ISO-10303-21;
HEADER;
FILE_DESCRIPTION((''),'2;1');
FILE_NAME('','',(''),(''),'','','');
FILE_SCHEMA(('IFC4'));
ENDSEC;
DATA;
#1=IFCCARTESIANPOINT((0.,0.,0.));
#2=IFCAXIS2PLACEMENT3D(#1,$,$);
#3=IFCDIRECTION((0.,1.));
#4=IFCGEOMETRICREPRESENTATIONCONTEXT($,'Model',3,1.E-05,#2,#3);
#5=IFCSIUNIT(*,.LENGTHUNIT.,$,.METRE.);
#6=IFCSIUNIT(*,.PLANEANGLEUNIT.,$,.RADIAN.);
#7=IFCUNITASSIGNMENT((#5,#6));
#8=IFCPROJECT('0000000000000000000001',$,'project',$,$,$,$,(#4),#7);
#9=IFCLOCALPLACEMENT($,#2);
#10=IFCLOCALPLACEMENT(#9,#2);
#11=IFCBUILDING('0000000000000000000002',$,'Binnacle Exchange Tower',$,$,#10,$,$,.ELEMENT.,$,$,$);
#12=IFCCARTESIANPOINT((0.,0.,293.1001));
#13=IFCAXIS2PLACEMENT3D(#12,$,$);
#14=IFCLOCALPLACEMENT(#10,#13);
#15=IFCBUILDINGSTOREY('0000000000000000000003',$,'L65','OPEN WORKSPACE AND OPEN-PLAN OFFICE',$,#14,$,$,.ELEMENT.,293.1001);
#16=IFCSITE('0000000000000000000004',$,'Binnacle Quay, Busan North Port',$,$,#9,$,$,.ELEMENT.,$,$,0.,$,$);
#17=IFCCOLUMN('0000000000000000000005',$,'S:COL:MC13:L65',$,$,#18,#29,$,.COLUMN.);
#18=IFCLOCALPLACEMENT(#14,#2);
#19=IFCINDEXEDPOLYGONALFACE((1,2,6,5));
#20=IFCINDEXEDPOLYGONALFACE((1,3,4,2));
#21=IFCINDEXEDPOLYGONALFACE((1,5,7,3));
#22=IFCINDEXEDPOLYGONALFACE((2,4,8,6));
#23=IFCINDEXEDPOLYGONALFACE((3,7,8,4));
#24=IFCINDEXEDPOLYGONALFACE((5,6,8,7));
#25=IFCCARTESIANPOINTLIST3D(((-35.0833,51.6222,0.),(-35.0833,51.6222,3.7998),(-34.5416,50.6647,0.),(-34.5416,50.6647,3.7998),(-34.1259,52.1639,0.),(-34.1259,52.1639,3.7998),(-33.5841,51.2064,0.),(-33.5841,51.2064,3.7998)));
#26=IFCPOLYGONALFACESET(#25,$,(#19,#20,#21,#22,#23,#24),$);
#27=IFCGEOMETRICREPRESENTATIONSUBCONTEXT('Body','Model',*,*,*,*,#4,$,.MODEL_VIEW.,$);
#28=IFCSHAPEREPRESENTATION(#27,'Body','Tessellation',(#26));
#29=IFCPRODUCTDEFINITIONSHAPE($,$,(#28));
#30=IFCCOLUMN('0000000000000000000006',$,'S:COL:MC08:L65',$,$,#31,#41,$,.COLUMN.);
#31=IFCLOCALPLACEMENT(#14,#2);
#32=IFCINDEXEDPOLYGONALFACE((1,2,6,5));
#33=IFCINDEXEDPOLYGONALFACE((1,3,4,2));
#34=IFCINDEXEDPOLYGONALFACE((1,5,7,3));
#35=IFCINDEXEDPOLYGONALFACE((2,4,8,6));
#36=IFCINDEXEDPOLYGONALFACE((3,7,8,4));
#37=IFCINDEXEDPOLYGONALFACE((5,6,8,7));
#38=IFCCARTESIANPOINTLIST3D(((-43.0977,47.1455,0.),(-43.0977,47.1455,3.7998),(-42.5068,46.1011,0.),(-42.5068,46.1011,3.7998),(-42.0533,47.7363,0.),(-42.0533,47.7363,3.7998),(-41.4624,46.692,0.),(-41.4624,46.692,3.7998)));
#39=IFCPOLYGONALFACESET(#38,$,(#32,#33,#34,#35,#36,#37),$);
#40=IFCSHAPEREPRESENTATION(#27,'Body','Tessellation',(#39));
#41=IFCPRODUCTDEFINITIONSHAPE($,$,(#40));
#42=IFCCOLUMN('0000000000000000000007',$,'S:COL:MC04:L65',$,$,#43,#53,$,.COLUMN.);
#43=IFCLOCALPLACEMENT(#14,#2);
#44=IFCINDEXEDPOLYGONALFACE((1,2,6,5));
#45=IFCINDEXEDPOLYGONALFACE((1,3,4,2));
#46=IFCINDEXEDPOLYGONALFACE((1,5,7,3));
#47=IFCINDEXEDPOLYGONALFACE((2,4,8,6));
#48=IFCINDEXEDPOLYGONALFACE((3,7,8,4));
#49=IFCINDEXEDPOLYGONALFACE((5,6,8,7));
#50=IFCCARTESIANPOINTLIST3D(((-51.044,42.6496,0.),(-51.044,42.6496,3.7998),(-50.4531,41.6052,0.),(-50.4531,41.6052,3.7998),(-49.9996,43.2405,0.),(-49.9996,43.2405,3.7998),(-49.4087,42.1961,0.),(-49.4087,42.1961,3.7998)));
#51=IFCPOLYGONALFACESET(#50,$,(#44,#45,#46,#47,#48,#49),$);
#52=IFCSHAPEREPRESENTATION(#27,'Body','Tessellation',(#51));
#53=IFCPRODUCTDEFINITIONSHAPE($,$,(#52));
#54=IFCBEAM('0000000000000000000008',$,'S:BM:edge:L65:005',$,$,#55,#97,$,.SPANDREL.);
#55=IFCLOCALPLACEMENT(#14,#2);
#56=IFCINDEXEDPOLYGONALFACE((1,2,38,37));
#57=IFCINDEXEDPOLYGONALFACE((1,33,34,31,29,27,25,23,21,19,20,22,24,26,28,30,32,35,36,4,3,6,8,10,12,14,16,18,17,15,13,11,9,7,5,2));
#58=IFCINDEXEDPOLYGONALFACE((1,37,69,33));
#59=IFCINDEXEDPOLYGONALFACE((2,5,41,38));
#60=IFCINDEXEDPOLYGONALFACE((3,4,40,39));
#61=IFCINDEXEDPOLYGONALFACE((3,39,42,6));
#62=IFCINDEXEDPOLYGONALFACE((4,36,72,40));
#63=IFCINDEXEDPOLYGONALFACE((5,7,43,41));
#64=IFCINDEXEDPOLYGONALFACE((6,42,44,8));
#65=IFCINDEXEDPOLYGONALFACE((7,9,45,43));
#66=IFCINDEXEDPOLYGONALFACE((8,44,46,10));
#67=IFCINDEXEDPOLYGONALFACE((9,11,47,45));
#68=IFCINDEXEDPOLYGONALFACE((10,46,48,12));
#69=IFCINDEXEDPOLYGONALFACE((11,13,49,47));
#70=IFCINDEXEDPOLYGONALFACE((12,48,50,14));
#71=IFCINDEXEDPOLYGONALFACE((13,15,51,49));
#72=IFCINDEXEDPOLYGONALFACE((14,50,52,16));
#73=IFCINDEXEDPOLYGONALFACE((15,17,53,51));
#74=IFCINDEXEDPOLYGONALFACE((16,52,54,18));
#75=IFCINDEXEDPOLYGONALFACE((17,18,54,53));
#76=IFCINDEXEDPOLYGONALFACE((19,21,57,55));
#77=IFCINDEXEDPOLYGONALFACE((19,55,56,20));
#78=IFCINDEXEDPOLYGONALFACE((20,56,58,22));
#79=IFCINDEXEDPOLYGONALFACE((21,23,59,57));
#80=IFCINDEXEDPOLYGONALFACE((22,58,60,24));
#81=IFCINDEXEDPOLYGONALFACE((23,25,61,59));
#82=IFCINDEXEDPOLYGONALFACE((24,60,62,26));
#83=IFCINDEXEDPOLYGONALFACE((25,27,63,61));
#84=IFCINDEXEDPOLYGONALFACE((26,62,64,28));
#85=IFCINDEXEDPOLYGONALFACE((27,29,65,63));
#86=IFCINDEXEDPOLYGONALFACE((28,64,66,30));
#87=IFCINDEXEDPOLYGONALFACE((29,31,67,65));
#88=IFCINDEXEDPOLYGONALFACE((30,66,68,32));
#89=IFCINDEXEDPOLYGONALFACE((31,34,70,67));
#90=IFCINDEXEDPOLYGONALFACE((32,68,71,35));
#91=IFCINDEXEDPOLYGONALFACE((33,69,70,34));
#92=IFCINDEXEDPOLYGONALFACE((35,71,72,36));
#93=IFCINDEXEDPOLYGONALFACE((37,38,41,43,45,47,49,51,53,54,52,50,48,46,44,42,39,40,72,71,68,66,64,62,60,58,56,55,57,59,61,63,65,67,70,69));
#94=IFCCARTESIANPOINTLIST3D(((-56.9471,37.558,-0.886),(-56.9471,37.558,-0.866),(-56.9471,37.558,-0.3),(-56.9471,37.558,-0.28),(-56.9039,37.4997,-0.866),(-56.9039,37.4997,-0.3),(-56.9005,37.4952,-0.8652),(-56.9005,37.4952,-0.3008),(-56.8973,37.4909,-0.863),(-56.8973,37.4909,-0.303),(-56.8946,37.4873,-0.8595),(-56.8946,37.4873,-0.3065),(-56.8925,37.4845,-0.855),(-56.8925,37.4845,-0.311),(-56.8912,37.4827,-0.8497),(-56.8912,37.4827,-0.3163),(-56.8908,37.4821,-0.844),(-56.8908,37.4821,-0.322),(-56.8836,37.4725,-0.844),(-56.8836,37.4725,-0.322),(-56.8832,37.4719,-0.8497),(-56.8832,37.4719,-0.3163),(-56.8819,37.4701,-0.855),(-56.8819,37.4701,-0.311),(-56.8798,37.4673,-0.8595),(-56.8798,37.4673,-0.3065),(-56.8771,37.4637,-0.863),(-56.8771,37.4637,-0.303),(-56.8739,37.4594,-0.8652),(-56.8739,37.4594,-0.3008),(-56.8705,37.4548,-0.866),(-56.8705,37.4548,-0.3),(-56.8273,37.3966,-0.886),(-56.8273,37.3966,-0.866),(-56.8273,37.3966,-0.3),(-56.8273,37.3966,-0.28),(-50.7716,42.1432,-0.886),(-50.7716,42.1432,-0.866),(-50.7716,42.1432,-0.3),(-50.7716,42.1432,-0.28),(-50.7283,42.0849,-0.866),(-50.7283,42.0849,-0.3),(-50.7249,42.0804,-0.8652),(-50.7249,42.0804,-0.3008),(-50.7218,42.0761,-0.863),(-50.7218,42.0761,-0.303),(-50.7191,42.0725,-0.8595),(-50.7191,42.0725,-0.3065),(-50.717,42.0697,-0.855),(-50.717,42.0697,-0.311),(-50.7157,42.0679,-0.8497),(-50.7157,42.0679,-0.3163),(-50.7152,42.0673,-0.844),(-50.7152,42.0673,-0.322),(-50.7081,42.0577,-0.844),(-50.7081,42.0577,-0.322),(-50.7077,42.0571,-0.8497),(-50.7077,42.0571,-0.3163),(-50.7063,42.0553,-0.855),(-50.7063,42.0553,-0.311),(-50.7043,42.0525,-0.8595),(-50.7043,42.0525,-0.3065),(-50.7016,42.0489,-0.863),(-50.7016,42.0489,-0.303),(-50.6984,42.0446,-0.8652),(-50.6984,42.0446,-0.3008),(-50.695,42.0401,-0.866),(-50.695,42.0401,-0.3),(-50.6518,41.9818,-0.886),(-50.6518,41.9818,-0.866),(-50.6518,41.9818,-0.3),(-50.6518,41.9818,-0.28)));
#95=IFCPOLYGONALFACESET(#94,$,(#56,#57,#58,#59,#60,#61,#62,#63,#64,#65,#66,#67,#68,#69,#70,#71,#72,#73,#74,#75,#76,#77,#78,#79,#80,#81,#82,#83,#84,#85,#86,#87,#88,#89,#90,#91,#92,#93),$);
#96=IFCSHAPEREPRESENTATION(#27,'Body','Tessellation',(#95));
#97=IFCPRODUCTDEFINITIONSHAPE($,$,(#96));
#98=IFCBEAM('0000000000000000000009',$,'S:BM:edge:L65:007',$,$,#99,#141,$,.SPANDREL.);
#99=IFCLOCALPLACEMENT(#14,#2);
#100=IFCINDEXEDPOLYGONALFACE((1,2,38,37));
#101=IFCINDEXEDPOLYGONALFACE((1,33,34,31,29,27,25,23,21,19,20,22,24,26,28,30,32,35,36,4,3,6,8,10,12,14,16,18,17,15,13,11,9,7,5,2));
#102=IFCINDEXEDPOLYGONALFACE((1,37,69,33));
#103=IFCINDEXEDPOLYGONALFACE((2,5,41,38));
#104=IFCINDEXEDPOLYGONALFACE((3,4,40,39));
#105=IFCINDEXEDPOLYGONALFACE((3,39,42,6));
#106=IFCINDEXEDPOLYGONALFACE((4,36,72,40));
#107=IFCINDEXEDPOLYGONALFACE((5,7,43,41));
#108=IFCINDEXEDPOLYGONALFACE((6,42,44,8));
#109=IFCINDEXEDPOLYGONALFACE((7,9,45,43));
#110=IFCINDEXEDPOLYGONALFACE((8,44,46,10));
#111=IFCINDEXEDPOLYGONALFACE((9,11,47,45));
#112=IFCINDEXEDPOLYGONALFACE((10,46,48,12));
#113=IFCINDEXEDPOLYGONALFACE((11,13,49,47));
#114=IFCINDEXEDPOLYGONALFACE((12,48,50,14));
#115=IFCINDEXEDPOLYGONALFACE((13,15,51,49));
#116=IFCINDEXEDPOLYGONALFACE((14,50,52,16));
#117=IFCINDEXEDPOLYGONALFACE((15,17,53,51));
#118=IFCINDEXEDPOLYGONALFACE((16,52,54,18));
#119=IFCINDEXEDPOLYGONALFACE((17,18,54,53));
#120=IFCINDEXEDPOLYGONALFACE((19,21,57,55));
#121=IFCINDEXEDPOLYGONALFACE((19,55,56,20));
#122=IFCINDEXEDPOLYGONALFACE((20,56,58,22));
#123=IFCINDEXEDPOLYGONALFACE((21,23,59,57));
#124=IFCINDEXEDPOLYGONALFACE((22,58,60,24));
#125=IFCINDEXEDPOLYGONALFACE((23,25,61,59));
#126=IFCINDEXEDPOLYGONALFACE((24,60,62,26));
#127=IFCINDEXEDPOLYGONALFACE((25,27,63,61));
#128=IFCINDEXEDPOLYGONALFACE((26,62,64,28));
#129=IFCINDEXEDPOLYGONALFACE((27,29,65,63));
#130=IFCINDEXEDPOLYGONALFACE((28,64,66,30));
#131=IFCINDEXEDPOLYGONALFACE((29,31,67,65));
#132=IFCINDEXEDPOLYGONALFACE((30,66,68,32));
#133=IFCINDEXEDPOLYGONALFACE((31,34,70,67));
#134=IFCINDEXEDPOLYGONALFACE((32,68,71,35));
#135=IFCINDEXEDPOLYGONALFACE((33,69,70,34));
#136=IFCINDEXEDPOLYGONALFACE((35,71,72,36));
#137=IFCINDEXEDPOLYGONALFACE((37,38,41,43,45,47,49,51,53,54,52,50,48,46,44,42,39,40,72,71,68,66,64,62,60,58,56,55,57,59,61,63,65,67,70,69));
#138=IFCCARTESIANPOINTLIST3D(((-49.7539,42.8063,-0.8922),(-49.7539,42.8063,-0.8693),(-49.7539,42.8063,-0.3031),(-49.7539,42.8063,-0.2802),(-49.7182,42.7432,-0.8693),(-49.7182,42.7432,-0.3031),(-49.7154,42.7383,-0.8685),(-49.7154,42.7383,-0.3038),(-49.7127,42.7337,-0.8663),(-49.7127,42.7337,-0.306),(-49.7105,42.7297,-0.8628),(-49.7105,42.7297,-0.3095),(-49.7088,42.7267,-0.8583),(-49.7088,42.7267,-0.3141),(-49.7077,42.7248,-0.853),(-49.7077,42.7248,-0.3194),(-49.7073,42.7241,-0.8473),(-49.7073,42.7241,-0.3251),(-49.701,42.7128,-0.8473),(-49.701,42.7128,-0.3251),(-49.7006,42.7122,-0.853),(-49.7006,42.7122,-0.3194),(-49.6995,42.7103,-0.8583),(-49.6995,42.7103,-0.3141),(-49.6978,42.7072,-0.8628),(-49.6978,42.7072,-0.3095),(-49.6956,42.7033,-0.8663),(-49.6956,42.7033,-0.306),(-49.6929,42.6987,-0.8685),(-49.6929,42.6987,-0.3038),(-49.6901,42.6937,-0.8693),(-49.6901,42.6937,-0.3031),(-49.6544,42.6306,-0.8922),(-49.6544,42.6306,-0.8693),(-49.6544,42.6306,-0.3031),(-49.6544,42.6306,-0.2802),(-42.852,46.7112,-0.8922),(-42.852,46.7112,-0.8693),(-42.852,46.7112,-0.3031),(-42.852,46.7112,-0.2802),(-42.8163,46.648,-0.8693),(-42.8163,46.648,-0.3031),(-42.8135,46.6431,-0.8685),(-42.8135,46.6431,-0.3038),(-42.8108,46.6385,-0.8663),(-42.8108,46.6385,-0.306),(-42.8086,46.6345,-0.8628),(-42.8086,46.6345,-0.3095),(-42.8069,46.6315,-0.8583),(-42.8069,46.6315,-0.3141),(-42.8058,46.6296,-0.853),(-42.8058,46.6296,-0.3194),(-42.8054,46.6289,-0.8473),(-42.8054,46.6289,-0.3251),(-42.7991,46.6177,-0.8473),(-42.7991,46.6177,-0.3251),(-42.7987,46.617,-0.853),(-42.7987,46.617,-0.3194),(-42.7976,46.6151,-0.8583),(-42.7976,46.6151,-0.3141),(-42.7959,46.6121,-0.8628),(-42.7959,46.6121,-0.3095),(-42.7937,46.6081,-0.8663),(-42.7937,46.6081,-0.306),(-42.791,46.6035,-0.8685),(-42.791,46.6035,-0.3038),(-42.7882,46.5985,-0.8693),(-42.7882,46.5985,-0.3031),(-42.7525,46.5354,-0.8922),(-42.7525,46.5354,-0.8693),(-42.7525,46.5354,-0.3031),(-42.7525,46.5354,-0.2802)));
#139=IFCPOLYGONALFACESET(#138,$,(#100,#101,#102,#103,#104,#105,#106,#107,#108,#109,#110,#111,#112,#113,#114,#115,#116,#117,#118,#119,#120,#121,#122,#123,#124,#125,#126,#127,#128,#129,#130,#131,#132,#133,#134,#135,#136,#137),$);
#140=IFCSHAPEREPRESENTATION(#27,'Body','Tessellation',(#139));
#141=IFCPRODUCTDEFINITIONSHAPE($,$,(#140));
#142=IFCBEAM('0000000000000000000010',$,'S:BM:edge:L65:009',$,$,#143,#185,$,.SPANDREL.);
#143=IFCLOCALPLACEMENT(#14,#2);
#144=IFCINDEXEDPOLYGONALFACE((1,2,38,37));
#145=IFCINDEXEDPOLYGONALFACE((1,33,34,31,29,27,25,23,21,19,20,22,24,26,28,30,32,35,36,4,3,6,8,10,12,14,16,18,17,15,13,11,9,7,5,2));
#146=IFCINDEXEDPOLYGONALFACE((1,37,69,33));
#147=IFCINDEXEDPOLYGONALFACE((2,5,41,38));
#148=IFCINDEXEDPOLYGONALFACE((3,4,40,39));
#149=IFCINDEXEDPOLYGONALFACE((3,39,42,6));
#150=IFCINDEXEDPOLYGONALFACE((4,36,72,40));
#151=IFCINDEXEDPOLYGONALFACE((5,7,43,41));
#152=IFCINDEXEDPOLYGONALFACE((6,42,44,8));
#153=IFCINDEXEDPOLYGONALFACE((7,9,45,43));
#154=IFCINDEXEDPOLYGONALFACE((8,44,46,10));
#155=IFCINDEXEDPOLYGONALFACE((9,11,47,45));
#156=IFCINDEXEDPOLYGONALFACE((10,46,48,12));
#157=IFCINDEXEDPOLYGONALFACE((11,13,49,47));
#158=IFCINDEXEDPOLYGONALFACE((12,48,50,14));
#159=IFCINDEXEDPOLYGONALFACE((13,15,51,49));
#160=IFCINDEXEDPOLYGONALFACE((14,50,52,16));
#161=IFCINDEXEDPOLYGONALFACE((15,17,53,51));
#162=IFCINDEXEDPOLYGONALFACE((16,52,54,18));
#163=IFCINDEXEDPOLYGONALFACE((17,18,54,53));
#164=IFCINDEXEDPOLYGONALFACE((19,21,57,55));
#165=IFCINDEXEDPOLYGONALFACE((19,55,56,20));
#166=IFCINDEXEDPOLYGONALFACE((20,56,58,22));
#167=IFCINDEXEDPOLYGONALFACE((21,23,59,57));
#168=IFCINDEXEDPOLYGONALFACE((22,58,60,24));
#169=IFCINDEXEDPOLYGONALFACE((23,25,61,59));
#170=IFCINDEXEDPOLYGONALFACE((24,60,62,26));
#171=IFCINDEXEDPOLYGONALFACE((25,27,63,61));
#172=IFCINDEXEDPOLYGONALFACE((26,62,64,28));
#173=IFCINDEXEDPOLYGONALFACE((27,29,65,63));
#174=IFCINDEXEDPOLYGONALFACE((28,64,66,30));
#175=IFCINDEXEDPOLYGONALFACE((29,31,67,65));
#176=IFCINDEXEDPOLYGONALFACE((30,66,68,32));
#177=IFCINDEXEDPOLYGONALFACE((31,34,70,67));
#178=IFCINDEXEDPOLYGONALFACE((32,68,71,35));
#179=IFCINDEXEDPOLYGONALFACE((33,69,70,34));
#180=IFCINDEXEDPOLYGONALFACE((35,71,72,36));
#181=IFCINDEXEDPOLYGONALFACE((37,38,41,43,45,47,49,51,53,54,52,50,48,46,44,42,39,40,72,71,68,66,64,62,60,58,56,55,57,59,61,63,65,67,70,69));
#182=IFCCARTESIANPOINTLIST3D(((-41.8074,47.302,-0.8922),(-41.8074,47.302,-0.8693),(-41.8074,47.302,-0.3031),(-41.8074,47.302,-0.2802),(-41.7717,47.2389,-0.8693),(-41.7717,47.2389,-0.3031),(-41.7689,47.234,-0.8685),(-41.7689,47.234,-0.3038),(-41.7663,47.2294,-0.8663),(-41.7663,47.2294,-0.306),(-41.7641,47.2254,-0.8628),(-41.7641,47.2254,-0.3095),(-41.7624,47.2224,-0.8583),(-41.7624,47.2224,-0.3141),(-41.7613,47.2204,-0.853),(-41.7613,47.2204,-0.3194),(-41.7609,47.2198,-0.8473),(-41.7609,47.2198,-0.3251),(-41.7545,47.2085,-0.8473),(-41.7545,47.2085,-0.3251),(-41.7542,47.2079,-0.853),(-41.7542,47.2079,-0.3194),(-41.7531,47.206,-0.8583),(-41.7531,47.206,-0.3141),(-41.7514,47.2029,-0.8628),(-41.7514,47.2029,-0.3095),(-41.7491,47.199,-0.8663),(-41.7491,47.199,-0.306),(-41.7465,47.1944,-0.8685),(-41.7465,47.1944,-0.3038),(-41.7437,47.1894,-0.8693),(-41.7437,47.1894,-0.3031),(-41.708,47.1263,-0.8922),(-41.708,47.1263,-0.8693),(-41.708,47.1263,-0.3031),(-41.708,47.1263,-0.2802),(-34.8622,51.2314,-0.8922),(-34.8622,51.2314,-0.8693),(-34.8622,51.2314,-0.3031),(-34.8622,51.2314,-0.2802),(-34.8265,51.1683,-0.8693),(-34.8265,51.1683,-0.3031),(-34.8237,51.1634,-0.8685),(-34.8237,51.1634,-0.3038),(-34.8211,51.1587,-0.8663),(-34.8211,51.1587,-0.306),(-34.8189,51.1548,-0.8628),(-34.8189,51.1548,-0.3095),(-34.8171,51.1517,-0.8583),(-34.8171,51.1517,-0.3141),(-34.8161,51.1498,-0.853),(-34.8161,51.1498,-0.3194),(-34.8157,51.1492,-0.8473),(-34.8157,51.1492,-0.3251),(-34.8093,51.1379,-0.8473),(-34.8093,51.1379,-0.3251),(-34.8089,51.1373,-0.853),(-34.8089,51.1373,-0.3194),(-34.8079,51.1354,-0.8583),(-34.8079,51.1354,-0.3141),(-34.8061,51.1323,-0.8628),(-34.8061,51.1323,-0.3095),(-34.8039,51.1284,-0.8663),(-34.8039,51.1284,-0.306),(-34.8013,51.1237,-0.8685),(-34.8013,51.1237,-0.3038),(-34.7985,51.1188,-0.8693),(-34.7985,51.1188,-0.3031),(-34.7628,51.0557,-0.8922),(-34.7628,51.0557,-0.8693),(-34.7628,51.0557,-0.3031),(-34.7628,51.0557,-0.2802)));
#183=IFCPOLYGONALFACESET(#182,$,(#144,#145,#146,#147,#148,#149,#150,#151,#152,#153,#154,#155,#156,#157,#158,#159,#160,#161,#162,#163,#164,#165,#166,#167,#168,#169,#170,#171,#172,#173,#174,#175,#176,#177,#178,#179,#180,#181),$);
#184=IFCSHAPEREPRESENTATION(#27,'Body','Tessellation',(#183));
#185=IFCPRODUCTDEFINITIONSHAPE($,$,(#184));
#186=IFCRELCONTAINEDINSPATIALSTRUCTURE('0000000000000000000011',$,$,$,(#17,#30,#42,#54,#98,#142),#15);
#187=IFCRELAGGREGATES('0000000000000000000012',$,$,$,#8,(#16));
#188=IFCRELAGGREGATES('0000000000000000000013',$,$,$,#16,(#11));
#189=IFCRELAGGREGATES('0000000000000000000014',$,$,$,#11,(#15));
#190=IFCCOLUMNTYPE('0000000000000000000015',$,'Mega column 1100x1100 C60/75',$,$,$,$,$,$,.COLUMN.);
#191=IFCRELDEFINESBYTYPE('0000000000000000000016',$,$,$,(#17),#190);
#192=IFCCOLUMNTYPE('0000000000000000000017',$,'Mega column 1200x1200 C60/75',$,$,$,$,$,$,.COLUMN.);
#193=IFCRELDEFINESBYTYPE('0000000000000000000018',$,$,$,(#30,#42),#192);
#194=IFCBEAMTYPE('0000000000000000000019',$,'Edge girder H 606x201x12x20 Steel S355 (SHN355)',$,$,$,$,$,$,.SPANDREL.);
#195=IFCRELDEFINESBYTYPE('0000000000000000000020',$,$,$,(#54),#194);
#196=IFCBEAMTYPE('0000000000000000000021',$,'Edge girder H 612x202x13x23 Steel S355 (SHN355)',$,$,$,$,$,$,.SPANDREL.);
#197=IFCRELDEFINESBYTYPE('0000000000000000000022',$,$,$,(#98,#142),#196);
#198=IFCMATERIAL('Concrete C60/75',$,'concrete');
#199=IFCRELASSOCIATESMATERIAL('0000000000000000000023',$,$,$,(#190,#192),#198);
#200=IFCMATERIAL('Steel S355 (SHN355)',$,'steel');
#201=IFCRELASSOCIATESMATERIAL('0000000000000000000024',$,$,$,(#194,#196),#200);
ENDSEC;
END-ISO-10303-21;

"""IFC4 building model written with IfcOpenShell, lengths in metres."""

from ifc_helpers import new_model, si_unit, direction, frame, origin, origin_2d, place, context, subcontext, project, spatial, rectangle, i_section, extrude, material, material_profile, profile_set, type_object, element, save


model = new_model("IFC4")

# Units and contexts
model_context = context("Model", 3, precision=1e-05, world=origin(), true_north=direction((0.0, 1.0)))
body_context = subcontext(model_context, "Body", "Model", "MODEL_VIEW")
ifc_project = project(units=[si_unit("LENGTHUNIT", "METRE"), si_unit("PLANEANGLEUNIT", "RADIAN")], contexts=[model_context])

# Site, building, storey
site_placement = place(None, origin())
site = spatial("IfcSite", under=ifc_project, at=site_placement, Name="Binnacle Quay, Busan North Port", CompositionType="ELEMENT", RefElevation=0.0)
building_placement = place(site_placement, origin())
building = spatial("IfcBuilding", under=site, at=building_placement, Name="Binnacle Exchange Tower", CompositionType="ELEMENT")
storey_placement = place(building_placement, frame((0.0, 0.0, 293.1001)))
storey = spatial("IfcBuildingStorey", under=building, at=storey_placement, Name="L65", Description="OPEN WORKSPACE AND OPEN-PLAN OFFICE", CompositionType="ELEMENT", Elevation=293.1001)

# Columns
ifc_material_1 = material(Name="Concrete C60/75", Category="concrete")
ifc_material_profile_1 = material_profile(ifc_material_1, rectangle(XDim=1.1001, YDim=1.1001, at=origin_2d()), Name="Mega column 1100x1100 C60/75")
ifc_profile_set_1 = profile_set([ifc_material_profile_1], Name="Concrete C60/75")
column_type_1 = type_object("IfcColumnType", Name="Mega column 1100x1100 C60/75", PredefinedType="COLUMN", material=ifc_profile_set_1)
column_placement = place(storey_placement, frame((-34.3337, 51.4143, 0.0), z_axis=(0.0, 0.0, 1.0), x_axis=(-0.870356, -0.492424, 0.0)))
element("IfcColumn", 1, at=column_placement, inside=storey, type_object=column_type_1, Name="S:COL:MC13:L65", PredefinedType="COLUMN", context=body_context, shape_type="SweptSolid", body=[
    extrude(rectangle(XDim=1.1001, YDim=1.1001, at=origin_2d()), origin(), (0.0, 0.0, 1.0), 3.7998),
])
ifc_material_profile_2 = material_profile(ifc_material_1, rectangle(XDim=1.2, YDim=1.2, at=origin_2d()), Name="Mega column 1200x1200 C60/75")
ifc_profile_set_2 = profile_set([ifc_material_profile_2], Name="Concrete C60/75")
column_type_2 = type_object("IfcColumnType", Name="Mega column 1200x1200 C60/75", PredefinedType="COLUMN", material=ifc_profile_set_2)
for number, where, z_axis, x_axis, name in (
    (2, (-42.28, 46.9187, 0.0), (0.0, 0.0, 1.0), (-0.870356, -0.492424, 0.0), "S:COL:MC08:L65"),
    (3, (-50.2263, 42.4229, 0.0), (0.0, 0.0, 1.0), (-0.870356, -0.492424, 0.0), "S:COL:MC04:L65"),
):
    element("IfcColumn", number, at=place(storey_placement, frame(where, z_axis=z_axis, x_axis=x_axis)), inside=storey, type_object=column_type_2, Name=name, PredefinedType="COLUMN", context=body_context, shape_type="SweptSolid", body=[
        extrude(rectangle(XDim=1.2, YDim=1.2, at=origin_2d()), origin(), (0.0, 0.0, 1.0), 3.7998),
    ])

# Beams
ifc_material_2 = material(Name="Steel S355 (SHN355)", Category="steel")
ifc_material_profile_3 = material_profile(ifc_material_2, i_section(OverallWidth=0.2009, OverallDepth=0.606, WebThickness=0.012, FlangeThickness=0.02, FilletRadius=0.022, at=origin_2d()), Name="H 606x201x12x20")
ifc_profile_set_3 = profile_set([ifc_material_profile_3], Name="Steel S355 (SHN355)")
beam_type_1 = type_object("IfcBeamType", Name="Edge girder H 606x201x12x20 Steel S355 (SHN355)", PredefinedType="SPANDREL", material=ifc_profile_set_3)
beam_1_placement = place(storey_placement, frame((-50.7117, 42.0625, -0.583), z_axis=(-0.802889, -0.596128, 0.0), x_axis=(0.596128, -0.802889, 0.0)))
element("IfcBeam", 4, at=beam_1_placement, inside=storey, type_object=beam_type_1, Name="S:BM:edge:L65:005", PredefinedType="SPANDREL", context=body_context, shape_type="SweptSolid", body=[
    extrude(i_section(OverallWidth=0.2009, OverallDepth=0.606, WebThickness=0.012, FlangeThickness=0.02, FilletRadius=0.022, at=origin_2d()), origin(), (0.0, 0.0, 1.0), 7.6917),
])
ifc_material_profile_4 = material_profile(ifc_material_2, i_section(OverallWidth=0.2019, OverallDepth=0.6121, WebThickness=0.0129, FlangeThickness=0.0229, FilletRadius=0.022, at=origin_2d()), Name="H 612x202x13x23")
ifc_profile_set_4 = profile_set([ifc_material_profile_4], Name="Steel S355 (SHN355)")
beam_type_2 = type_object("IfcBeamType", Name="Edge girder H 612x202x13x23 Steel S355 (SHN355)", PredefinedType="SPANDREL", material=ifc_profile_set_4)
beam_2_placement = place(storey_placement, frame((-42.8022, 46.6233, -0.5862), z_axis=(-0.870361, -0.492414, 0.0), x_axis=(0.492414, -0.870361, 0.0)))
element("IfcBeam", 5, at=beam_2_placement, inside=storey, type_object=beam_type_2, Name="S:BM:edge:L65:007", PredefinedType="SPANDREL", context=body_context, shape_type="SweptSolid", body=[
    extrude(i_section(OverallWidth=0.2019, OverallDepth=0.6121, WebThickness=0.0129, FlangeThickness=0.0229, FilletRadius=0.022, at=origin_2d()), origin(), (0.0, 0.0, 1.0), 7.9299),
])
beam_3_placement = place(storey_placement, frame((-34.8125, 51.1436, -0.5862), z_axis=(-0.870357, -0.492421, 0.0), x_axis=(0.492421, -0.870357, 0.0)))
element("IfcBeam", 6, at=beam_3_placement, inside=storey, type_object=beam_type_2, Name="S:BM:edge:L65:009", PredefinedType="SPANDREL", context=body_context, shape_type="SweptSolid", body=[
    extrude(i_section(OverallWidth=0.2019, OverallDepth=0.6121, WebThickness=0.0129, FlangeThickness=0.0229, FilletRadius=0.022, at=origin_2d()), origin(), (0.0, 0.0, 1.0), 7.9797),
])

save(model, "model.ifc")
